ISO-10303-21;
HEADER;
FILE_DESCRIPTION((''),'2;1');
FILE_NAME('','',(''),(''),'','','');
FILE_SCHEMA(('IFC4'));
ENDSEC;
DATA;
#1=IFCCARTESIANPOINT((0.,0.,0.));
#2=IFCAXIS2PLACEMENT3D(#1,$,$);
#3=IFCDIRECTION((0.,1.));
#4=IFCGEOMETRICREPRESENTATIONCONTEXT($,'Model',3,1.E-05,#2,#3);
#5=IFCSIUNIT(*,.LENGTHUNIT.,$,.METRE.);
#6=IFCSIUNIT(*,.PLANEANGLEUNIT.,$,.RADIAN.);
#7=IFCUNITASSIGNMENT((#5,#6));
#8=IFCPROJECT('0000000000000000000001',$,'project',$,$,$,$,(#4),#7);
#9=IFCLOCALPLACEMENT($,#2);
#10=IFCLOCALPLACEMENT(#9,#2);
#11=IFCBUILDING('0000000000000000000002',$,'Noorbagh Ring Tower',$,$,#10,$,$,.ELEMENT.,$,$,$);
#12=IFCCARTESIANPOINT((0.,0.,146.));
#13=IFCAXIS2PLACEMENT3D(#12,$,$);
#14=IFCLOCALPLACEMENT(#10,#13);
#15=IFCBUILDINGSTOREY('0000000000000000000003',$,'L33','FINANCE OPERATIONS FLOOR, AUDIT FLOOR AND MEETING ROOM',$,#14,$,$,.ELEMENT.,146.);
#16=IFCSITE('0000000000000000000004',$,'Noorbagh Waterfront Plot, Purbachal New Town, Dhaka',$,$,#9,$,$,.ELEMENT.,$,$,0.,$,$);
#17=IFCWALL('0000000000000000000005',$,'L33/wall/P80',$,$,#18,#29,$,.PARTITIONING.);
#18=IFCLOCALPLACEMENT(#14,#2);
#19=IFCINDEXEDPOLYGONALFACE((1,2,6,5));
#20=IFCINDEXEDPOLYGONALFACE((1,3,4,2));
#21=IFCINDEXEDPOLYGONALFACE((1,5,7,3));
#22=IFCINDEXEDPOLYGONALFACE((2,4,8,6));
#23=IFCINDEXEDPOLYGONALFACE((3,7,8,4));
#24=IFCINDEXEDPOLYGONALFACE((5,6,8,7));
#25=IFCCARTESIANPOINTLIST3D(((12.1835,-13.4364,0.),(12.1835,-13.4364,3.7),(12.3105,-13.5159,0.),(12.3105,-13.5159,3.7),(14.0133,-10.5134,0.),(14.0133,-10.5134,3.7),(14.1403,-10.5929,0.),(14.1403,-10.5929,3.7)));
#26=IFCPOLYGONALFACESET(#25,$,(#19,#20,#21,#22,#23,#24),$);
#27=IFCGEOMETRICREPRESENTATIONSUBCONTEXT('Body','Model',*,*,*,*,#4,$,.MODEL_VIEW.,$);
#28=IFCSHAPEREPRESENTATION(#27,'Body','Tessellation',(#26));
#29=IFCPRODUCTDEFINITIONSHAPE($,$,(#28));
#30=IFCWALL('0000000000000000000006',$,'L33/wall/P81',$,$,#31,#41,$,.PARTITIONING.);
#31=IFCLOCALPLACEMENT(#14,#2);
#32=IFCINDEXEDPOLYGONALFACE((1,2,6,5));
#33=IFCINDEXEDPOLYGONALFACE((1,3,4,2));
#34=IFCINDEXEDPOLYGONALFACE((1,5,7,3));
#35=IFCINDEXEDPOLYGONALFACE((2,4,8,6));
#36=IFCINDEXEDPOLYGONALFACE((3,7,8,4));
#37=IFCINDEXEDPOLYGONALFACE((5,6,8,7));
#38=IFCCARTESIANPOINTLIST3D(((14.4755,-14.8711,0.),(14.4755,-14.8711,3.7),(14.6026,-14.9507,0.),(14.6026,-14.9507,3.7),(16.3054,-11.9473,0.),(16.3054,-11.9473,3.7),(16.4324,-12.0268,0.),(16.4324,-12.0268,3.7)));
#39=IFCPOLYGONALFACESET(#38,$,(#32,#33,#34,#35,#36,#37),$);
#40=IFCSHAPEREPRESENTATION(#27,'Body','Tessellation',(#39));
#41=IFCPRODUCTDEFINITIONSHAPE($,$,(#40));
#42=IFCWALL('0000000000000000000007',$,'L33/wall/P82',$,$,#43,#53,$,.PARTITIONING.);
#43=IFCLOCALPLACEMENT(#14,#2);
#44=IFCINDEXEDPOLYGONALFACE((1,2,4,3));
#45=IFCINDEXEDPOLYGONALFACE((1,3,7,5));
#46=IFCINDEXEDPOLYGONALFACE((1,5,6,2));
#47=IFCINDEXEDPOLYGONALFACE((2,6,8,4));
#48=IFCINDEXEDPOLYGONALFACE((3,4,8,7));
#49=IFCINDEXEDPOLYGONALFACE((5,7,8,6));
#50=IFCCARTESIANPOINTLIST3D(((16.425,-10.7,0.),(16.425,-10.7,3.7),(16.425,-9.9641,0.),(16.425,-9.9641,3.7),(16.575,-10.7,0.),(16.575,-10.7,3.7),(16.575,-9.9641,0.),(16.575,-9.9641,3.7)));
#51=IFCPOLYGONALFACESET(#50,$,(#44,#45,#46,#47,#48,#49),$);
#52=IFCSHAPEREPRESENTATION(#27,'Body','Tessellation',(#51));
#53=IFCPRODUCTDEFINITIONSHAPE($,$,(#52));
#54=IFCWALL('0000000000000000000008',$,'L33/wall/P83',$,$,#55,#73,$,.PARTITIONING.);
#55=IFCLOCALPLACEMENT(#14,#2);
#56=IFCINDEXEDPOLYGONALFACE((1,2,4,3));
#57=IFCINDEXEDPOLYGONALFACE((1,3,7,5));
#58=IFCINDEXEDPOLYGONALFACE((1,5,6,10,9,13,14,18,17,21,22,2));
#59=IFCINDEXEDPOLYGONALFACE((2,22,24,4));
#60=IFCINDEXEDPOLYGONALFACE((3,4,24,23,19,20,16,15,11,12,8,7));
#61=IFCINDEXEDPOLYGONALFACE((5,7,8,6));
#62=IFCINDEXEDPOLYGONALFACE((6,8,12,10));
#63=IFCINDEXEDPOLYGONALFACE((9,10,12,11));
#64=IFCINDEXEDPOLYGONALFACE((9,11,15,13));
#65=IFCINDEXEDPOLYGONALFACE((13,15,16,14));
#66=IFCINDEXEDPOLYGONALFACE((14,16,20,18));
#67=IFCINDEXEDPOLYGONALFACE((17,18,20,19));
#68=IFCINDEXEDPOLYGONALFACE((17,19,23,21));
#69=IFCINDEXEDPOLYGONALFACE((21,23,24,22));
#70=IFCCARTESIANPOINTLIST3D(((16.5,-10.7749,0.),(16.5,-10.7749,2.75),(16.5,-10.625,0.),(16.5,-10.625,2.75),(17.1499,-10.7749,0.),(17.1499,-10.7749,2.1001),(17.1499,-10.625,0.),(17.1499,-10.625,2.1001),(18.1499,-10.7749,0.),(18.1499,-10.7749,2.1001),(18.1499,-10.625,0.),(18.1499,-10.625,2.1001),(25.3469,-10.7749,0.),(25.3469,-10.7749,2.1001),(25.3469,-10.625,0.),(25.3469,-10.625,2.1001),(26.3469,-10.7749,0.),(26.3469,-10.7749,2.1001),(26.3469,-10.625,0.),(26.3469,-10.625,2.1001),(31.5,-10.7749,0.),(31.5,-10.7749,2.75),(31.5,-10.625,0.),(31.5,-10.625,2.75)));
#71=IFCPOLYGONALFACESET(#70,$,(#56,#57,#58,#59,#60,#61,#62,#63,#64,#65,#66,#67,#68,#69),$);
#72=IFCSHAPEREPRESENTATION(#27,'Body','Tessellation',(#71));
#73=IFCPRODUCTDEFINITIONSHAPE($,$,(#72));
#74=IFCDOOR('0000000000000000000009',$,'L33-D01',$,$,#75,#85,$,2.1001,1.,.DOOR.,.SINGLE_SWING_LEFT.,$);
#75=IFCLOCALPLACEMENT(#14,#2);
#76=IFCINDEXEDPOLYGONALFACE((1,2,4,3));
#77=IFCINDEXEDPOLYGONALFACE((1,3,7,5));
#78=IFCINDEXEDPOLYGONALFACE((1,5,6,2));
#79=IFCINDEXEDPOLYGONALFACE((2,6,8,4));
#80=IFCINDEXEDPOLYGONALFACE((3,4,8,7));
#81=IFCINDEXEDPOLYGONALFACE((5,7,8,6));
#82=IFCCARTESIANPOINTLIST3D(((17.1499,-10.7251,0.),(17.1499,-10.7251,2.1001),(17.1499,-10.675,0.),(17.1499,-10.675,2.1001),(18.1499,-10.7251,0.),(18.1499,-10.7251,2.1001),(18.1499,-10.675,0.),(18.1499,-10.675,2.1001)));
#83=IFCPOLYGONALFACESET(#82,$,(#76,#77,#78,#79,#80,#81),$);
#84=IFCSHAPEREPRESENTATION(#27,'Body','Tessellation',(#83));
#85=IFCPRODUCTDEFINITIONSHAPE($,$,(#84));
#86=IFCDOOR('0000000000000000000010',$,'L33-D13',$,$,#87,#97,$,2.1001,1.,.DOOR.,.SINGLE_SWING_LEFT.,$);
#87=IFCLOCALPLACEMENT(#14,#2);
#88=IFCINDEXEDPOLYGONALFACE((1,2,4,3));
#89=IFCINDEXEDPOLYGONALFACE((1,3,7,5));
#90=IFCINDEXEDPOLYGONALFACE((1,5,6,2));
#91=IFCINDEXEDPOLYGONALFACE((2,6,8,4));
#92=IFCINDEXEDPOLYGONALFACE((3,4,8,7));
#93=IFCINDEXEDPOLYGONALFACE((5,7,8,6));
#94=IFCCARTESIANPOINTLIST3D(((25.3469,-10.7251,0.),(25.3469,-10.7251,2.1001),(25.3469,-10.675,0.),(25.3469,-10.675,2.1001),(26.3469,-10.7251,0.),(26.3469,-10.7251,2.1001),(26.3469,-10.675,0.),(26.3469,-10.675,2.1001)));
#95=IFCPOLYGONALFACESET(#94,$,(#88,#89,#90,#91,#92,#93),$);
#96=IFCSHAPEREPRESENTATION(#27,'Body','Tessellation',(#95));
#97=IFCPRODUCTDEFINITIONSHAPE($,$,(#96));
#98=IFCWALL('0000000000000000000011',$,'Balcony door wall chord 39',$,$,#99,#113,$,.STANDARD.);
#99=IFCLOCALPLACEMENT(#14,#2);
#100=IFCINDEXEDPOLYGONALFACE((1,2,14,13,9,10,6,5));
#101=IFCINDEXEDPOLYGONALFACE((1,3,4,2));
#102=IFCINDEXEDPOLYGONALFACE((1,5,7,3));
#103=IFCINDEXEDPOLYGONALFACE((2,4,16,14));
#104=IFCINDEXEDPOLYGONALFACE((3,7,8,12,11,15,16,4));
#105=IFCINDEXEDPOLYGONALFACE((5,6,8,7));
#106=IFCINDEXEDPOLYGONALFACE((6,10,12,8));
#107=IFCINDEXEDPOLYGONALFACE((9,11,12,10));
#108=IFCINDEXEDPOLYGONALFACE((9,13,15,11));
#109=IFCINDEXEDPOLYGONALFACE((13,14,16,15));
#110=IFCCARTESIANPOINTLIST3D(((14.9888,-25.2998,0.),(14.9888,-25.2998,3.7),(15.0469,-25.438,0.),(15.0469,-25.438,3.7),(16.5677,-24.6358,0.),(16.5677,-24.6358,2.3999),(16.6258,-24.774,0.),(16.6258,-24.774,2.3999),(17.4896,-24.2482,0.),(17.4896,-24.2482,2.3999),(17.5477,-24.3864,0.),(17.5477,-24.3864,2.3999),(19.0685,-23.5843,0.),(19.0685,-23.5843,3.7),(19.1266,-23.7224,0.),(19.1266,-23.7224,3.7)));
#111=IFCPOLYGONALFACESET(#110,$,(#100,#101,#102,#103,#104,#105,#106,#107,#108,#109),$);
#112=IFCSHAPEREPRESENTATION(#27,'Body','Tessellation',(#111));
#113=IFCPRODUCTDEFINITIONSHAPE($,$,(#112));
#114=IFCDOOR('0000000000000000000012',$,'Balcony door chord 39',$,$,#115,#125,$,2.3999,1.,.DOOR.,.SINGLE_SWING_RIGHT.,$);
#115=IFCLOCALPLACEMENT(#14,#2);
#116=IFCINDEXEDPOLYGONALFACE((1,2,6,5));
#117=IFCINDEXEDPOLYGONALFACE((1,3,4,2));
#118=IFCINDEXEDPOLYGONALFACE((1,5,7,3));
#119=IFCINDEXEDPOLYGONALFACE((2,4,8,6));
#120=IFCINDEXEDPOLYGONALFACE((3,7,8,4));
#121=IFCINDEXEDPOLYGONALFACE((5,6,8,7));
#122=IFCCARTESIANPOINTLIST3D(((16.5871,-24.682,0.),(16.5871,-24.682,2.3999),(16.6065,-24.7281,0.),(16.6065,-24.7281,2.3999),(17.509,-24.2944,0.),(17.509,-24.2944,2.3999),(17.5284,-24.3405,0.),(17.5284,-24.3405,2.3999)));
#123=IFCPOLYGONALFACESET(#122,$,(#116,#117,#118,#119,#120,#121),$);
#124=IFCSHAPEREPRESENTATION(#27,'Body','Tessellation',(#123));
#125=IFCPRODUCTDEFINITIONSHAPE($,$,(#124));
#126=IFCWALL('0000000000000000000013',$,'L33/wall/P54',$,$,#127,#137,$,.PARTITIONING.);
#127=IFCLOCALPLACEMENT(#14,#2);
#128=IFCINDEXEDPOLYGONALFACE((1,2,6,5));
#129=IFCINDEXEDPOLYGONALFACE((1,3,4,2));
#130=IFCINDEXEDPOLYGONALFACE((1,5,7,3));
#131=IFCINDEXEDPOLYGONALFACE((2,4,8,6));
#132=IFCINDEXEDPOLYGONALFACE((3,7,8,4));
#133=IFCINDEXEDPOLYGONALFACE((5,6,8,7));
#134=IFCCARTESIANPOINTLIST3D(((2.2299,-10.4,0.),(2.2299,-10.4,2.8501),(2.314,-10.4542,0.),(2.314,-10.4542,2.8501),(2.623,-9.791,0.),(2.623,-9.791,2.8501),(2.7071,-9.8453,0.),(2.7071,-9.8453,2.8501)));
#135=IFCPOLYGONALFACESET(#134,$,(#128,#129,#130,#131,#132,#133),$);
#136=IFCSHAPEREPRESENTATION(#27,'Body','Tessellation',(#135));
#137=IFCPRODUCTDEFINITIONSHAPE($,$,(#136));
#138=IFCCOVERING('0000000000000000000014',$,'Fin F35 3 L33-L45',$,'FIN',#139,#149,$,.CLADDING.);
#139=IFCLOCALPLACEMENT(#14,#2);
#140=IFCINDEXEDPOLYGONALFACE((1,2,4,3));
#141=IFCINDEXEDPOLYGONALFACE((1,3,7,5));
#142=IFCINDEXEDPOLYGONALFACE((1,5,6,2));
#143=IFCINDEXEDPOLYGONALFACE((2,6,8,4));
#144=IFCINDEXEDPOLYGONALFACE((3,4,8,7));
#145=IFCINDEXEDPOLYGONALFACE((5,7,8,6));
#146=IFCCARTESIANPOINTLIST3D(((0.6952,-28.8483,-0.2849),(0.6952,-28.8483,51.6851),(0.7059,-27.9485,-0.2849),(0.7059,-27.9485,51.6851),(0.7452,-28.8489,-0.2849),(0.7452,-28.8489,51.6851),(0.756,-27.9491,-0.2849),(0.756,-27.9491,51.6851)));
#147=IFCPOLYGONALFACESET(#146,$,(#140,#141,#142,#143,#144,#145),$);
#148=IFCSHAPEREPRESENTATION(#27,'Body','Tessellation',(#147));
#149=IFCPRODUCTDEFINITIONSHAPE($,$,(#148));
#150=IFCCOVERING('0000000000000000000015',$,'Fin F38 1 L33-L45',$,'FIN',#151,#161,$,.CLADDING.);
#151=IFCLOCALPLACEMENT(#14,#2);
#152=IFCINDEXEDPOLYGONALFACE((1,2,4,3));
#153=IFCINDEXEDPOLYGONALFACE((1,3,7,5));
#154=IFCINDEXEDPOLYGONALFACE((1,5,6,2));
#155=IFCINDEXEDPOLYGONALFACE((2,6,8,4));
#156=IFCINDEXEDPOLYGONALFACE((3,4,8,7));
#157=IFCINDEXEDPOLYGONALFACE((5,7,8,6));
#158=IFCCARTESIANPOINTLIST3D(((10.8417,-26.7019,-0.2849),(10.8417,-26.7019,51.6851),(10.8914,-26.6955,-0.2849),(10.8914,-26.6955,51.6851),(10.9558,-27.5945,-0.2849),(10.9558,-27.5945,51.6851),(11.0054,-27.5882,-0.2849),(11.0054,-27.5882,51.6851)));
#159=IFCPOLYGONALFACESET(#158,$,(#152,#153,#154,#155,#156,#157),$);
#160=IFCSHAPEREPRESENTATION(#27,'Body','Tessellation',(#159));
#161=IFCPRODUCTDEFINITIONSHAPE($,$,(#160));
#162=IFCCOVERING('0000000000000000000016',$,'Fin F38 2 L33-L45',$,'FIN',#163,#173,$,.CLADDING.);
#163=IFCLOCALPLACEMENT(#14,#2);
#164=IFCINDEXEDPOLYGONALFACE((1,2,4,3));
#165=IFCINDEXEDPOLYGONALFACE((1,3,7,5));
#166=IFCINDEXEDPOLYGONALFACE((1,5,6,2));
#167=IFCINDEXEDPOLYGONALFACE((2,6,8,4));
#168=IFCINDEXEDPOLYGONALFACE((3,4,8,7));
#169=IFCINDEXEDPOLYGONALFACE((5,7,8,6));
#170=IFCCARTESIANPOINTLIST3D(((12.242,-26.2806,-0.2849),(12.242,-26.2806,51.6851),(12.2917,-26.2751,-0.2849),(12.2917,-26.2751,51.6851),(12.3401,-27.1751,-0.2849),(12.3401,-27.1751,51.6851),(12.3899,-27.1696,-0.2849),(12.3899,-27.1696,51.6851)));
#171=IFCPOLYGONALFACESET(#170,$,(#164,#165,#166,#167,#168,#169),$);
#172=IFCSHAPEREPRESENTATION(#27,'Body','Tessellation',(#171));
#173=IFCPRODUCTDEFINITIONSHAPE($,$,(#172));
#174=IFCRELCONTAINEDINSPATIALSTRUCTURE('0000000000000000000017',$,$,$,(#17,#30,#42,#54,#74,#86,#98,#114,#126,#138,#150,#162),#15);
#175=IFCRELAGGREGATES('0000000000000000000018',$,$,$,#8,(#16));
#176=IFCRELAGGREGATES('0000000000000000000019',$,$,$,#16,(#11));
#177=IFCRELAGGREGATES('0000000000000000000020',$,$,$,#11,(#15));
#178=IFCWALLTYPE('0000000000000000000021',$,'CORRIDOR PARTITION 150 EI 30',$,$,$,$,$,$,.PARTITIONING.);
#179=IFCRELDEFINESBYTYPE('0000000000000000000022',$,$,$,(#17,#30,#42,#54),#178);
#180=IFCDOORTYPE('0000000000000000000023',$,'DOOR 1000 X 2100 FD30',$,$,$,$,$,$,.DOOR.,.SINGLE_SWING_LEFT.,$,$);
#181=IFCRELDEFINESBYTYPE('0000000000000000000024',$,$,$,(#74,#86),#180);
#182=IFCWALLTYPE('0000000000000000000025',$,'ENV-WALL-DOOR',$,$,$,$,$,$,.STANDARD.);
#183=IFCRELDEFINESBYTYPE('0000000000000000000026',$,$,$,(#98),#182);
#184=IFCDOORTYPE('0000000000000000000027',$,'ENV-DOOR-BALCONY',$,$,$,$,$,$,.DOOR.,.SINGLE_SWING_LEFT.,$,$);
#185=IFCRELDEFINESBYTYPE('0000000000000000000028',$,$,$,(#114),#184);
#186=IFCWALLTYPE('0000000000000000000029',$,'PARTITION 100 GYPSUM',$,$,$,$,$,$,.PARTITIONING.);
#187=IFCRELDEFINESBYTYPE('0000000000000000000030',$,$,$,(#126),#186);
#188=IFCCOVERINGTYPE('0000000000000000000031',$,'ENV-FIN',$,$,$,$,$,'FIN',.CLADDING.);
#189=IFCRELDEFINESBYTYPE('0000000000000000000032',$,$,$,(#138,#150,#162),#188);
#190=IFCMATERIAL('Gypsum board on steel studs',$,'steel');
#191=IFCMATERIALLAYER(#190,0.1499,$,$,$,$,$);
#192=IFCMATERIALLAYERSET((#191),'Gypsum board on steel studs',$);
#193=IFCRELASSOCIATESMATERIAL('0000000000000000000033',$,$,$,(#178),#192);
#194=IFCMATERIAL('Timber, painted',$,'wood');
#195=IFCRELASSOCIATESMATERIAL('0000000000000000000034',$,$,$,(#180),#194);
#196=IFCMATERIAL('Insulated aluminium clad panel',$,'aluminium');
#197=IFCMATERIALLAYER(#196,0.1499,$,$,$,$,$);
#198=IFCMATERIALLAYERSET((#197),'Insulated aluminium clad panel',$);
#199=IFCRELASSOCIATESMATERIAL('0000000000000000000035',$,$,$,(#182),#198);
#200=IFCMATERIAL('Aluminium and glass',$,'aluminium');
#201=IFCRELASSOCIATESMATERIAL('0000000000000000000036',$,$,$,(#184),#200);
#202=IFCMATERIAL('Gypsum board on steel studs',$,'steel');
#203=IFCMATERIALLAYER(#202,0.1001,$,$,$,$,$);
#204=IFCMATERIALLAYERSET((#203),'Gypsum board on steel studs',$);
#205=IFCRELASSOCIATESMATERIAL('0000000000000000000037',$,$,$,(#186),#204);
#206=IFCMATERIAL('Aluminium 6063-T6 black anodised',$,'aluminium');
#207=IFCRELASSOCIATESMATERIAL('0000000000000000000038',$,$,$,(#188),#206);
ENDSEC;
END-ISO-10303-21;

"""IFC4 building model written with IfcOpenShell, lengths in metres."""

from ifc_helpers import new_model, si_unit, direction, frame, frame_2d, origin, origin_2d, place, context, subcontext, project, spatial, rectangle, extrude, material, layer, layer_set, material_profile, profile_set, type_object, element, fill, save


model = new_model("IFC4")

# Units and contexts
model_context = context("Model", 3, precision=1e-05, world=origin(), true_north=direction((0.0, 1.0)))
body_context = subcontext(model_context, "Body", "Model", "MODEL_VIEW")
ifc_project = project(units=[si_unit("LENGTHUNIT", "METRE"), si_unit("PLANEANGLEUNIT", "RADIAN")], contexts=[model_context])

# Site, building, storey
site_placement = place(None, origin())
site = spatial("IfcSite", under=ifc_project, at=site_placement, Name="Noorbagh Waterfront Plot, Purbachal New Town, Dhaka", CompositionType="ELEMENT", RefElevation=0.0)
building_placement = place(site_placement, origin())
building = spatial("IfcBuilding", under=site, at=building_placement, Name="Noorbagh Ring Tower", CompositionType="ELEMENT")
storey_placement = place(building_placement, frame((0.0, 0.0, 146.0)))
storey = spatial("IfcBuildingStorey", under=building, at=storey_placement, Name="L33", Description="FINANCE OPERATIONS FLOOR, AUDIT FLOOR AND MEETING ROOM", CompositionType="ELEMENT", Elevation=146.0)

# Walls
ifc_material_1 = material(Name="Gypsum board on steel studs", Category="steel")
ifc_layer_1 = layer(ifc_material_1, 0.1499)
ifc_layer_set_1 = layer_set([ifc_layer_1], Name="Gypsum board on steel studs")
wall_type_1 = type_object("IfcWallType", Name="CORRIDOR PARTITION 150 EI 30", PredefinedType="PARTITIONING", material=ifc_layer_set_1)
wall_1_placement = place(storey_placement, frame((12.2471, -13.4761, 0.0), z_axis=(0.0, 0.0, 1.0), x_axis=(0.530603, 0.84762, 0.0)))
element("IfcWall", 1, at=wall_1_placement, inside=storey, type_object=wall_type_1, Name="L33/wall/P80", PredefinedType="PARTITIONING", context=body_context, shape_type="SweptSolid", body=[
    extrude(rectangle(XDim=3.4485, YDim=0.1499, at=frame_2d((1.7241, 0.0))), origin(), (0.0, 0.0, 1.0), 3.7),
])
wall_2_placement = place(storey_placement, frame((14.5391, -14.9109, 0.0), z_axis=(0.0, 0.0, 1.0), x_axis=(0.530508, 0.84768, 0.0)))
element("IfcWall", 2, at=wall_2_placement, inside=storey, type_object=wall_type_1, Name="L33/wall/P81", PredefinedType="PARTITIONING", context=body_context, shape_type="SweptSolid", body=[
    extrude(rectangle(XDim=3.4492, YDim=0.1499, at=frame_2d((1.7246, 0.0))), origin(), (0.0, 0.0, 1.0), 3.7),
])
wall_3_placement = place(storey_placement, frame((16.5, -10.7, 0.0), z_axis=(0.0, 0.0, 1.0), x_axis=(0.0, 1.0, 0.0)))
element("IfcWall", 3, at=wall_3_placement, inside=storey, type_object=wall_type_1, Name="L33/wall/P82", PredefinedType="PARTITIONING", context=body_context, shape_type="SweptSolid", body=[
    extrude(rectangle(XDim=0.7358, YDim=0.1499, at=frame_2d((0.3679, 0.0))), origin(), (0.0, 0.0, 1.0), 3.7),
])

# Wall, openings, doors
wall_4_placement = place(storey_placement, frame((16.5, -10.7, 0.0), z_axis=(0.0, 0.0, 1.0), x_axis=(1.0, 0.0, 0.0)))
wall_4 = element("IfcWall", 4, at=wall_4_placement, inside=storey, type_object=wall_type_1, Name="L33/wall/P83", PredefinedType="PARTITIONING", context=body_context, shape_type="SweptSolid", body=[
    extrude(rectangle(XDim=15.0, YDim=0.1499, at=frame_2d((7.5, 0.0))), origin(), (0.0, 0.0, 1.0), 2.75),
])
opening_1_placement = place(wall_4_placement, frame((0.6499, 0.0, 0.0)))
opening_1 = element("IfcOpeningElement", 5, at=opening_1_placement, cuts=wall_4, PredefinedType="OPENING", context=body_context, shape_type="SweptSolid", body=[
    extrude(rectangle(XDim=1.0, YDim=2.1001, at=frame_2d((0.5, 1.05))), frame((0.0, 0.085, 0.0), z_axis=(0.0, -1.0, 0.0), x_axis=(1.0, 0.0, 0.0)), (0.0, 0.0, 1.0), 0.1699),
])
opening_2_placement = place(wall_4_placement, frame((8.8469, 0.0, 0.0)))
opening_2 = element("IfcOpeningElement", 6, at=opening_2_placement, cuts=wall_4, PredefinedType="OPENING", context=body_context, shape_type="SweptSolid", body=[
    extrude(rectangle(XDim=1.0, YDim=2.1001, at=frame_2d((0.5, 1.05))), frame((0.0, 0.085, 0.0), z_axis=(0.0, -1.0, 0.0), x_axis=(1.0, 0.0, 0.0)), (0.0, 0.0, 1.0), 0.1699),
])
ifc_material_2 = material(Name="Timber, painted", Category="wood")
door_type_1 = type_object("IfcDoorType", Name="DOOR 1000 X 2100 FD30", OperationType="SINGLE_SWING_LEFT", PredefinedType="DOOR", material=ifc_material_2)
door_1_placement = place(opening_1_placement, origin())
door_1 = element("IfcDoor", 7, at=door_1_placement, inside=storey, type_object=door_type_1, Name="L33-D01", OperationType="SINGLE_SWING_LEFT", OverallHeight=2.1001, OverallWidth=1.0, PredefinedType="DOOR", context=body_context, shape_type="SweptSolid", body=[
    extrude(rectangle(XDim=1.0, YDim=2.1001, at=frame_2d((0.5, 1.05))), frame((0.0, 0.0249, 0.0), z_axis=(0.0, -1.0, 0.0), x_axis=(1.0, 0.0, 0.0)), (0.0, 0.0, 1.0), 0.05),
])
fill(opening_1, door_1)
door_2_placement = place(opening_2_placement, origin())
door_2 = element("IfcDoor", 8, at=door_2_placement, inside=storey, type_object=door_type_1, Name="L33-D13", OperationType="SINGLE_SWING_LEFT", OverallHeight=2.1001, OverallWidth=1.0, PredefinedType="DOOR", context=body_context, shape_type="SweptSolid", body=[
    extrude(rectangle(XDim=1.0, YDim=2.1001, at=frame_2d((0.5, 1.05))), frame((0.0, 0.0249, 0.0), z_axis=(0.0, -1.0, 0.0), x_axis=(1.0, 0.0, 0.0)), (0.0, 0.0, 1.0), 0.05),
])
fill(opening_2, door_2)

# Wall, opening, door
ifc_material_3 = material(Name="Insulated aluminium clad panel", Category="aluminium")
ifc_layer_2 = layer(ifc_material_3, 0.1499)
ifc_layer_set_2 = layer_set([ifc_layer_2], Name="Insulated aluminium clad panel")
wall_type_2 = type_object("IfcWallType", Name="ENV-WALL-DOOR", PredefinedType="STANDARD", material=ifc_layer_set_2)
wall_5_placement = place(storey_placement, frame((15.0178, -25.3689, 0.0), z_axis=(0.0, 0.0, 1.0), x_axis=(0.921817, 0.387625, 0.0)))
wall_5 = element("IfcWall", 9, at=wall_5_placement, inside=storey, type_object=wall_type_2, Name="Balcony door wall chord 39", PredefinedType="STANDARD", context=body_context, shape_type="SweptSolid", body=[
    extrude(rectangle(XDim=4.4258, YDim=0.1499, at=frame_2d((2.2129, 0.0))), origin(), (0.0, 0.0, 1.0), 3.7),
])
opening_3_placement = place(wall_5_placement, frame((1.7129, 0.0, 0.0)))
opening_3 = element("IfcOpeningElement", 10, at=opening_3_placement, cuts=wall_5, PredefinedType="OPENING", context=body_context, shape_type="SweptSolid", body=[
    extrude(rectangle(XDim=1.0, YDim=2.3999, at=frame_2d((0.5, 1.2))), frame((0.0, 0.085, 0.0), z_axis=(0.0, -1.0, 0.0), x_axis=(1.0, 0.0, 0.0)), (0.0, 0.0, 1.0), 0.1699),
])
ifc_material_4 = material(Name="Aluminium and glass", Category="aluminium")
door_type_2 = type_object("IfcDoorType", Name="ENV-DOOR-BALCONY", OperationType="SINGLE_SWING_LEFT", PredefinedType="DOOR", material=ifc_material_4)
door_3_placement = place(opening_3_placement, origin())
door_3 = element("IfcDoor", 11, at=door_3_placement, inside=storey, type_object=door_type_2, Name="Balcony door chord 39", OperationType="SINGLE_SWING_RIGHT", OverallHeight=2.3999, OverallWidth=1.0, PredefinedType="DOOR", context=body_context, shape_type="SweptSolid", body=[
    extrude(rectangle(XDim=1.0, YDim=2.3999, at=frame_2d((0.5, 1.2))), frame((0.0, 0.0249, 0.0), z_axis=(0.0, -1.0, 0.0), x_axis=(1.0, 0.0, 0.0)), (0.0, 0.0, 1.0), 0.05),
])
fill(opening_3, door_3)

# Wall
ifc_material_5 = material(Name="Gypsum board on steel studs", Category="steel")
ifc_layer_3 = layer(ifc_material_5, 0.1001)
ifc_layer_set_3 = layer_set([ifc_layer_3], Name="Gypsum board on steel studs")
wall_type_3 = type_object("IfcWallType", Name="PARTITION 100 GYPSUM", PredefinedType="PARTITIONING", material=ifc_layer_set_3)
wall_6_placement = place(storey_placement, frame((2.272, -10.427, 0.0), z_axis=(0.0, 0.0, 1.0), x_axis=(0.542357, 0.840148, 0.0)))
element("IfcWall", 12, at=wall_6_placement, inside=storey, type_object=wall_type_3, Name="L33/wall/P54", PredefinedType="PARTITIONING", context=body_context, shape_type="SweptSolid", body=[
    extrude(rectangle(XDim=0.7249, YDim=0.1001, at=frame_2d((0.3623, 0.0))), origin(), (0.0, 0.0, 1.0), 2.8501),
])

# Coverings
ifc_material_6 = material(Name="Aluminium 6063-T6 black anodised", Category="aluminium")
ifc_material_profile_1 = material_profile(ifc_material_6, rectangle(XDim=0.8999, YDim=0.05, at=origin_2d()), Name="900x50")
ifc_profile_set_1 = profile_set([ifc_material_profile_1], Name="Aluminium 6063-T6 black anodised")
covering_type = type_object("IfcCoveringType", Name="ENV-FIN", ElementType="FIN", PredefinedType="CLADDING", material=ifc_profile_set_1)
for number, where, z_axis, x_axis, name in (
    (13, (0.7256, -28.3987, -0.2849), (0.0, 0.0, 1.0), (-0.011915, -0.999929, 0.0), "Fin F35 3 L33-L45"),
    (14, (10.9236, -27.145, -0.2849), (0.0, 0.0, 1.0), (0.126759, -0.991933, 0.0), "Fin F38 1 L33-L45"),
    (15, (12.3159, -26.7251, -0.2849), (0.0, 0.0, 1.0), (0.109101, -0.994031, 0.0), "Fin F38 2 L33-L45"),
):
    element("IfcCovering", number, at=place(storey_placement, frame(where, z_axis=z_axis, x_axis=x_axis)), inside=storey, type_object=covering_type, Name=name, ObjectType="FIN", PredefinedType="CLADDING", context=body_context, shape_type="SweptSolid", body=[
        extrude(rectangle(XDim=0.8999, YDim=0.05, at=origin_2d()), origin(), (0.0, 0.0, 1.0), 51.97),
    ])

save(model, "model.ifc")
